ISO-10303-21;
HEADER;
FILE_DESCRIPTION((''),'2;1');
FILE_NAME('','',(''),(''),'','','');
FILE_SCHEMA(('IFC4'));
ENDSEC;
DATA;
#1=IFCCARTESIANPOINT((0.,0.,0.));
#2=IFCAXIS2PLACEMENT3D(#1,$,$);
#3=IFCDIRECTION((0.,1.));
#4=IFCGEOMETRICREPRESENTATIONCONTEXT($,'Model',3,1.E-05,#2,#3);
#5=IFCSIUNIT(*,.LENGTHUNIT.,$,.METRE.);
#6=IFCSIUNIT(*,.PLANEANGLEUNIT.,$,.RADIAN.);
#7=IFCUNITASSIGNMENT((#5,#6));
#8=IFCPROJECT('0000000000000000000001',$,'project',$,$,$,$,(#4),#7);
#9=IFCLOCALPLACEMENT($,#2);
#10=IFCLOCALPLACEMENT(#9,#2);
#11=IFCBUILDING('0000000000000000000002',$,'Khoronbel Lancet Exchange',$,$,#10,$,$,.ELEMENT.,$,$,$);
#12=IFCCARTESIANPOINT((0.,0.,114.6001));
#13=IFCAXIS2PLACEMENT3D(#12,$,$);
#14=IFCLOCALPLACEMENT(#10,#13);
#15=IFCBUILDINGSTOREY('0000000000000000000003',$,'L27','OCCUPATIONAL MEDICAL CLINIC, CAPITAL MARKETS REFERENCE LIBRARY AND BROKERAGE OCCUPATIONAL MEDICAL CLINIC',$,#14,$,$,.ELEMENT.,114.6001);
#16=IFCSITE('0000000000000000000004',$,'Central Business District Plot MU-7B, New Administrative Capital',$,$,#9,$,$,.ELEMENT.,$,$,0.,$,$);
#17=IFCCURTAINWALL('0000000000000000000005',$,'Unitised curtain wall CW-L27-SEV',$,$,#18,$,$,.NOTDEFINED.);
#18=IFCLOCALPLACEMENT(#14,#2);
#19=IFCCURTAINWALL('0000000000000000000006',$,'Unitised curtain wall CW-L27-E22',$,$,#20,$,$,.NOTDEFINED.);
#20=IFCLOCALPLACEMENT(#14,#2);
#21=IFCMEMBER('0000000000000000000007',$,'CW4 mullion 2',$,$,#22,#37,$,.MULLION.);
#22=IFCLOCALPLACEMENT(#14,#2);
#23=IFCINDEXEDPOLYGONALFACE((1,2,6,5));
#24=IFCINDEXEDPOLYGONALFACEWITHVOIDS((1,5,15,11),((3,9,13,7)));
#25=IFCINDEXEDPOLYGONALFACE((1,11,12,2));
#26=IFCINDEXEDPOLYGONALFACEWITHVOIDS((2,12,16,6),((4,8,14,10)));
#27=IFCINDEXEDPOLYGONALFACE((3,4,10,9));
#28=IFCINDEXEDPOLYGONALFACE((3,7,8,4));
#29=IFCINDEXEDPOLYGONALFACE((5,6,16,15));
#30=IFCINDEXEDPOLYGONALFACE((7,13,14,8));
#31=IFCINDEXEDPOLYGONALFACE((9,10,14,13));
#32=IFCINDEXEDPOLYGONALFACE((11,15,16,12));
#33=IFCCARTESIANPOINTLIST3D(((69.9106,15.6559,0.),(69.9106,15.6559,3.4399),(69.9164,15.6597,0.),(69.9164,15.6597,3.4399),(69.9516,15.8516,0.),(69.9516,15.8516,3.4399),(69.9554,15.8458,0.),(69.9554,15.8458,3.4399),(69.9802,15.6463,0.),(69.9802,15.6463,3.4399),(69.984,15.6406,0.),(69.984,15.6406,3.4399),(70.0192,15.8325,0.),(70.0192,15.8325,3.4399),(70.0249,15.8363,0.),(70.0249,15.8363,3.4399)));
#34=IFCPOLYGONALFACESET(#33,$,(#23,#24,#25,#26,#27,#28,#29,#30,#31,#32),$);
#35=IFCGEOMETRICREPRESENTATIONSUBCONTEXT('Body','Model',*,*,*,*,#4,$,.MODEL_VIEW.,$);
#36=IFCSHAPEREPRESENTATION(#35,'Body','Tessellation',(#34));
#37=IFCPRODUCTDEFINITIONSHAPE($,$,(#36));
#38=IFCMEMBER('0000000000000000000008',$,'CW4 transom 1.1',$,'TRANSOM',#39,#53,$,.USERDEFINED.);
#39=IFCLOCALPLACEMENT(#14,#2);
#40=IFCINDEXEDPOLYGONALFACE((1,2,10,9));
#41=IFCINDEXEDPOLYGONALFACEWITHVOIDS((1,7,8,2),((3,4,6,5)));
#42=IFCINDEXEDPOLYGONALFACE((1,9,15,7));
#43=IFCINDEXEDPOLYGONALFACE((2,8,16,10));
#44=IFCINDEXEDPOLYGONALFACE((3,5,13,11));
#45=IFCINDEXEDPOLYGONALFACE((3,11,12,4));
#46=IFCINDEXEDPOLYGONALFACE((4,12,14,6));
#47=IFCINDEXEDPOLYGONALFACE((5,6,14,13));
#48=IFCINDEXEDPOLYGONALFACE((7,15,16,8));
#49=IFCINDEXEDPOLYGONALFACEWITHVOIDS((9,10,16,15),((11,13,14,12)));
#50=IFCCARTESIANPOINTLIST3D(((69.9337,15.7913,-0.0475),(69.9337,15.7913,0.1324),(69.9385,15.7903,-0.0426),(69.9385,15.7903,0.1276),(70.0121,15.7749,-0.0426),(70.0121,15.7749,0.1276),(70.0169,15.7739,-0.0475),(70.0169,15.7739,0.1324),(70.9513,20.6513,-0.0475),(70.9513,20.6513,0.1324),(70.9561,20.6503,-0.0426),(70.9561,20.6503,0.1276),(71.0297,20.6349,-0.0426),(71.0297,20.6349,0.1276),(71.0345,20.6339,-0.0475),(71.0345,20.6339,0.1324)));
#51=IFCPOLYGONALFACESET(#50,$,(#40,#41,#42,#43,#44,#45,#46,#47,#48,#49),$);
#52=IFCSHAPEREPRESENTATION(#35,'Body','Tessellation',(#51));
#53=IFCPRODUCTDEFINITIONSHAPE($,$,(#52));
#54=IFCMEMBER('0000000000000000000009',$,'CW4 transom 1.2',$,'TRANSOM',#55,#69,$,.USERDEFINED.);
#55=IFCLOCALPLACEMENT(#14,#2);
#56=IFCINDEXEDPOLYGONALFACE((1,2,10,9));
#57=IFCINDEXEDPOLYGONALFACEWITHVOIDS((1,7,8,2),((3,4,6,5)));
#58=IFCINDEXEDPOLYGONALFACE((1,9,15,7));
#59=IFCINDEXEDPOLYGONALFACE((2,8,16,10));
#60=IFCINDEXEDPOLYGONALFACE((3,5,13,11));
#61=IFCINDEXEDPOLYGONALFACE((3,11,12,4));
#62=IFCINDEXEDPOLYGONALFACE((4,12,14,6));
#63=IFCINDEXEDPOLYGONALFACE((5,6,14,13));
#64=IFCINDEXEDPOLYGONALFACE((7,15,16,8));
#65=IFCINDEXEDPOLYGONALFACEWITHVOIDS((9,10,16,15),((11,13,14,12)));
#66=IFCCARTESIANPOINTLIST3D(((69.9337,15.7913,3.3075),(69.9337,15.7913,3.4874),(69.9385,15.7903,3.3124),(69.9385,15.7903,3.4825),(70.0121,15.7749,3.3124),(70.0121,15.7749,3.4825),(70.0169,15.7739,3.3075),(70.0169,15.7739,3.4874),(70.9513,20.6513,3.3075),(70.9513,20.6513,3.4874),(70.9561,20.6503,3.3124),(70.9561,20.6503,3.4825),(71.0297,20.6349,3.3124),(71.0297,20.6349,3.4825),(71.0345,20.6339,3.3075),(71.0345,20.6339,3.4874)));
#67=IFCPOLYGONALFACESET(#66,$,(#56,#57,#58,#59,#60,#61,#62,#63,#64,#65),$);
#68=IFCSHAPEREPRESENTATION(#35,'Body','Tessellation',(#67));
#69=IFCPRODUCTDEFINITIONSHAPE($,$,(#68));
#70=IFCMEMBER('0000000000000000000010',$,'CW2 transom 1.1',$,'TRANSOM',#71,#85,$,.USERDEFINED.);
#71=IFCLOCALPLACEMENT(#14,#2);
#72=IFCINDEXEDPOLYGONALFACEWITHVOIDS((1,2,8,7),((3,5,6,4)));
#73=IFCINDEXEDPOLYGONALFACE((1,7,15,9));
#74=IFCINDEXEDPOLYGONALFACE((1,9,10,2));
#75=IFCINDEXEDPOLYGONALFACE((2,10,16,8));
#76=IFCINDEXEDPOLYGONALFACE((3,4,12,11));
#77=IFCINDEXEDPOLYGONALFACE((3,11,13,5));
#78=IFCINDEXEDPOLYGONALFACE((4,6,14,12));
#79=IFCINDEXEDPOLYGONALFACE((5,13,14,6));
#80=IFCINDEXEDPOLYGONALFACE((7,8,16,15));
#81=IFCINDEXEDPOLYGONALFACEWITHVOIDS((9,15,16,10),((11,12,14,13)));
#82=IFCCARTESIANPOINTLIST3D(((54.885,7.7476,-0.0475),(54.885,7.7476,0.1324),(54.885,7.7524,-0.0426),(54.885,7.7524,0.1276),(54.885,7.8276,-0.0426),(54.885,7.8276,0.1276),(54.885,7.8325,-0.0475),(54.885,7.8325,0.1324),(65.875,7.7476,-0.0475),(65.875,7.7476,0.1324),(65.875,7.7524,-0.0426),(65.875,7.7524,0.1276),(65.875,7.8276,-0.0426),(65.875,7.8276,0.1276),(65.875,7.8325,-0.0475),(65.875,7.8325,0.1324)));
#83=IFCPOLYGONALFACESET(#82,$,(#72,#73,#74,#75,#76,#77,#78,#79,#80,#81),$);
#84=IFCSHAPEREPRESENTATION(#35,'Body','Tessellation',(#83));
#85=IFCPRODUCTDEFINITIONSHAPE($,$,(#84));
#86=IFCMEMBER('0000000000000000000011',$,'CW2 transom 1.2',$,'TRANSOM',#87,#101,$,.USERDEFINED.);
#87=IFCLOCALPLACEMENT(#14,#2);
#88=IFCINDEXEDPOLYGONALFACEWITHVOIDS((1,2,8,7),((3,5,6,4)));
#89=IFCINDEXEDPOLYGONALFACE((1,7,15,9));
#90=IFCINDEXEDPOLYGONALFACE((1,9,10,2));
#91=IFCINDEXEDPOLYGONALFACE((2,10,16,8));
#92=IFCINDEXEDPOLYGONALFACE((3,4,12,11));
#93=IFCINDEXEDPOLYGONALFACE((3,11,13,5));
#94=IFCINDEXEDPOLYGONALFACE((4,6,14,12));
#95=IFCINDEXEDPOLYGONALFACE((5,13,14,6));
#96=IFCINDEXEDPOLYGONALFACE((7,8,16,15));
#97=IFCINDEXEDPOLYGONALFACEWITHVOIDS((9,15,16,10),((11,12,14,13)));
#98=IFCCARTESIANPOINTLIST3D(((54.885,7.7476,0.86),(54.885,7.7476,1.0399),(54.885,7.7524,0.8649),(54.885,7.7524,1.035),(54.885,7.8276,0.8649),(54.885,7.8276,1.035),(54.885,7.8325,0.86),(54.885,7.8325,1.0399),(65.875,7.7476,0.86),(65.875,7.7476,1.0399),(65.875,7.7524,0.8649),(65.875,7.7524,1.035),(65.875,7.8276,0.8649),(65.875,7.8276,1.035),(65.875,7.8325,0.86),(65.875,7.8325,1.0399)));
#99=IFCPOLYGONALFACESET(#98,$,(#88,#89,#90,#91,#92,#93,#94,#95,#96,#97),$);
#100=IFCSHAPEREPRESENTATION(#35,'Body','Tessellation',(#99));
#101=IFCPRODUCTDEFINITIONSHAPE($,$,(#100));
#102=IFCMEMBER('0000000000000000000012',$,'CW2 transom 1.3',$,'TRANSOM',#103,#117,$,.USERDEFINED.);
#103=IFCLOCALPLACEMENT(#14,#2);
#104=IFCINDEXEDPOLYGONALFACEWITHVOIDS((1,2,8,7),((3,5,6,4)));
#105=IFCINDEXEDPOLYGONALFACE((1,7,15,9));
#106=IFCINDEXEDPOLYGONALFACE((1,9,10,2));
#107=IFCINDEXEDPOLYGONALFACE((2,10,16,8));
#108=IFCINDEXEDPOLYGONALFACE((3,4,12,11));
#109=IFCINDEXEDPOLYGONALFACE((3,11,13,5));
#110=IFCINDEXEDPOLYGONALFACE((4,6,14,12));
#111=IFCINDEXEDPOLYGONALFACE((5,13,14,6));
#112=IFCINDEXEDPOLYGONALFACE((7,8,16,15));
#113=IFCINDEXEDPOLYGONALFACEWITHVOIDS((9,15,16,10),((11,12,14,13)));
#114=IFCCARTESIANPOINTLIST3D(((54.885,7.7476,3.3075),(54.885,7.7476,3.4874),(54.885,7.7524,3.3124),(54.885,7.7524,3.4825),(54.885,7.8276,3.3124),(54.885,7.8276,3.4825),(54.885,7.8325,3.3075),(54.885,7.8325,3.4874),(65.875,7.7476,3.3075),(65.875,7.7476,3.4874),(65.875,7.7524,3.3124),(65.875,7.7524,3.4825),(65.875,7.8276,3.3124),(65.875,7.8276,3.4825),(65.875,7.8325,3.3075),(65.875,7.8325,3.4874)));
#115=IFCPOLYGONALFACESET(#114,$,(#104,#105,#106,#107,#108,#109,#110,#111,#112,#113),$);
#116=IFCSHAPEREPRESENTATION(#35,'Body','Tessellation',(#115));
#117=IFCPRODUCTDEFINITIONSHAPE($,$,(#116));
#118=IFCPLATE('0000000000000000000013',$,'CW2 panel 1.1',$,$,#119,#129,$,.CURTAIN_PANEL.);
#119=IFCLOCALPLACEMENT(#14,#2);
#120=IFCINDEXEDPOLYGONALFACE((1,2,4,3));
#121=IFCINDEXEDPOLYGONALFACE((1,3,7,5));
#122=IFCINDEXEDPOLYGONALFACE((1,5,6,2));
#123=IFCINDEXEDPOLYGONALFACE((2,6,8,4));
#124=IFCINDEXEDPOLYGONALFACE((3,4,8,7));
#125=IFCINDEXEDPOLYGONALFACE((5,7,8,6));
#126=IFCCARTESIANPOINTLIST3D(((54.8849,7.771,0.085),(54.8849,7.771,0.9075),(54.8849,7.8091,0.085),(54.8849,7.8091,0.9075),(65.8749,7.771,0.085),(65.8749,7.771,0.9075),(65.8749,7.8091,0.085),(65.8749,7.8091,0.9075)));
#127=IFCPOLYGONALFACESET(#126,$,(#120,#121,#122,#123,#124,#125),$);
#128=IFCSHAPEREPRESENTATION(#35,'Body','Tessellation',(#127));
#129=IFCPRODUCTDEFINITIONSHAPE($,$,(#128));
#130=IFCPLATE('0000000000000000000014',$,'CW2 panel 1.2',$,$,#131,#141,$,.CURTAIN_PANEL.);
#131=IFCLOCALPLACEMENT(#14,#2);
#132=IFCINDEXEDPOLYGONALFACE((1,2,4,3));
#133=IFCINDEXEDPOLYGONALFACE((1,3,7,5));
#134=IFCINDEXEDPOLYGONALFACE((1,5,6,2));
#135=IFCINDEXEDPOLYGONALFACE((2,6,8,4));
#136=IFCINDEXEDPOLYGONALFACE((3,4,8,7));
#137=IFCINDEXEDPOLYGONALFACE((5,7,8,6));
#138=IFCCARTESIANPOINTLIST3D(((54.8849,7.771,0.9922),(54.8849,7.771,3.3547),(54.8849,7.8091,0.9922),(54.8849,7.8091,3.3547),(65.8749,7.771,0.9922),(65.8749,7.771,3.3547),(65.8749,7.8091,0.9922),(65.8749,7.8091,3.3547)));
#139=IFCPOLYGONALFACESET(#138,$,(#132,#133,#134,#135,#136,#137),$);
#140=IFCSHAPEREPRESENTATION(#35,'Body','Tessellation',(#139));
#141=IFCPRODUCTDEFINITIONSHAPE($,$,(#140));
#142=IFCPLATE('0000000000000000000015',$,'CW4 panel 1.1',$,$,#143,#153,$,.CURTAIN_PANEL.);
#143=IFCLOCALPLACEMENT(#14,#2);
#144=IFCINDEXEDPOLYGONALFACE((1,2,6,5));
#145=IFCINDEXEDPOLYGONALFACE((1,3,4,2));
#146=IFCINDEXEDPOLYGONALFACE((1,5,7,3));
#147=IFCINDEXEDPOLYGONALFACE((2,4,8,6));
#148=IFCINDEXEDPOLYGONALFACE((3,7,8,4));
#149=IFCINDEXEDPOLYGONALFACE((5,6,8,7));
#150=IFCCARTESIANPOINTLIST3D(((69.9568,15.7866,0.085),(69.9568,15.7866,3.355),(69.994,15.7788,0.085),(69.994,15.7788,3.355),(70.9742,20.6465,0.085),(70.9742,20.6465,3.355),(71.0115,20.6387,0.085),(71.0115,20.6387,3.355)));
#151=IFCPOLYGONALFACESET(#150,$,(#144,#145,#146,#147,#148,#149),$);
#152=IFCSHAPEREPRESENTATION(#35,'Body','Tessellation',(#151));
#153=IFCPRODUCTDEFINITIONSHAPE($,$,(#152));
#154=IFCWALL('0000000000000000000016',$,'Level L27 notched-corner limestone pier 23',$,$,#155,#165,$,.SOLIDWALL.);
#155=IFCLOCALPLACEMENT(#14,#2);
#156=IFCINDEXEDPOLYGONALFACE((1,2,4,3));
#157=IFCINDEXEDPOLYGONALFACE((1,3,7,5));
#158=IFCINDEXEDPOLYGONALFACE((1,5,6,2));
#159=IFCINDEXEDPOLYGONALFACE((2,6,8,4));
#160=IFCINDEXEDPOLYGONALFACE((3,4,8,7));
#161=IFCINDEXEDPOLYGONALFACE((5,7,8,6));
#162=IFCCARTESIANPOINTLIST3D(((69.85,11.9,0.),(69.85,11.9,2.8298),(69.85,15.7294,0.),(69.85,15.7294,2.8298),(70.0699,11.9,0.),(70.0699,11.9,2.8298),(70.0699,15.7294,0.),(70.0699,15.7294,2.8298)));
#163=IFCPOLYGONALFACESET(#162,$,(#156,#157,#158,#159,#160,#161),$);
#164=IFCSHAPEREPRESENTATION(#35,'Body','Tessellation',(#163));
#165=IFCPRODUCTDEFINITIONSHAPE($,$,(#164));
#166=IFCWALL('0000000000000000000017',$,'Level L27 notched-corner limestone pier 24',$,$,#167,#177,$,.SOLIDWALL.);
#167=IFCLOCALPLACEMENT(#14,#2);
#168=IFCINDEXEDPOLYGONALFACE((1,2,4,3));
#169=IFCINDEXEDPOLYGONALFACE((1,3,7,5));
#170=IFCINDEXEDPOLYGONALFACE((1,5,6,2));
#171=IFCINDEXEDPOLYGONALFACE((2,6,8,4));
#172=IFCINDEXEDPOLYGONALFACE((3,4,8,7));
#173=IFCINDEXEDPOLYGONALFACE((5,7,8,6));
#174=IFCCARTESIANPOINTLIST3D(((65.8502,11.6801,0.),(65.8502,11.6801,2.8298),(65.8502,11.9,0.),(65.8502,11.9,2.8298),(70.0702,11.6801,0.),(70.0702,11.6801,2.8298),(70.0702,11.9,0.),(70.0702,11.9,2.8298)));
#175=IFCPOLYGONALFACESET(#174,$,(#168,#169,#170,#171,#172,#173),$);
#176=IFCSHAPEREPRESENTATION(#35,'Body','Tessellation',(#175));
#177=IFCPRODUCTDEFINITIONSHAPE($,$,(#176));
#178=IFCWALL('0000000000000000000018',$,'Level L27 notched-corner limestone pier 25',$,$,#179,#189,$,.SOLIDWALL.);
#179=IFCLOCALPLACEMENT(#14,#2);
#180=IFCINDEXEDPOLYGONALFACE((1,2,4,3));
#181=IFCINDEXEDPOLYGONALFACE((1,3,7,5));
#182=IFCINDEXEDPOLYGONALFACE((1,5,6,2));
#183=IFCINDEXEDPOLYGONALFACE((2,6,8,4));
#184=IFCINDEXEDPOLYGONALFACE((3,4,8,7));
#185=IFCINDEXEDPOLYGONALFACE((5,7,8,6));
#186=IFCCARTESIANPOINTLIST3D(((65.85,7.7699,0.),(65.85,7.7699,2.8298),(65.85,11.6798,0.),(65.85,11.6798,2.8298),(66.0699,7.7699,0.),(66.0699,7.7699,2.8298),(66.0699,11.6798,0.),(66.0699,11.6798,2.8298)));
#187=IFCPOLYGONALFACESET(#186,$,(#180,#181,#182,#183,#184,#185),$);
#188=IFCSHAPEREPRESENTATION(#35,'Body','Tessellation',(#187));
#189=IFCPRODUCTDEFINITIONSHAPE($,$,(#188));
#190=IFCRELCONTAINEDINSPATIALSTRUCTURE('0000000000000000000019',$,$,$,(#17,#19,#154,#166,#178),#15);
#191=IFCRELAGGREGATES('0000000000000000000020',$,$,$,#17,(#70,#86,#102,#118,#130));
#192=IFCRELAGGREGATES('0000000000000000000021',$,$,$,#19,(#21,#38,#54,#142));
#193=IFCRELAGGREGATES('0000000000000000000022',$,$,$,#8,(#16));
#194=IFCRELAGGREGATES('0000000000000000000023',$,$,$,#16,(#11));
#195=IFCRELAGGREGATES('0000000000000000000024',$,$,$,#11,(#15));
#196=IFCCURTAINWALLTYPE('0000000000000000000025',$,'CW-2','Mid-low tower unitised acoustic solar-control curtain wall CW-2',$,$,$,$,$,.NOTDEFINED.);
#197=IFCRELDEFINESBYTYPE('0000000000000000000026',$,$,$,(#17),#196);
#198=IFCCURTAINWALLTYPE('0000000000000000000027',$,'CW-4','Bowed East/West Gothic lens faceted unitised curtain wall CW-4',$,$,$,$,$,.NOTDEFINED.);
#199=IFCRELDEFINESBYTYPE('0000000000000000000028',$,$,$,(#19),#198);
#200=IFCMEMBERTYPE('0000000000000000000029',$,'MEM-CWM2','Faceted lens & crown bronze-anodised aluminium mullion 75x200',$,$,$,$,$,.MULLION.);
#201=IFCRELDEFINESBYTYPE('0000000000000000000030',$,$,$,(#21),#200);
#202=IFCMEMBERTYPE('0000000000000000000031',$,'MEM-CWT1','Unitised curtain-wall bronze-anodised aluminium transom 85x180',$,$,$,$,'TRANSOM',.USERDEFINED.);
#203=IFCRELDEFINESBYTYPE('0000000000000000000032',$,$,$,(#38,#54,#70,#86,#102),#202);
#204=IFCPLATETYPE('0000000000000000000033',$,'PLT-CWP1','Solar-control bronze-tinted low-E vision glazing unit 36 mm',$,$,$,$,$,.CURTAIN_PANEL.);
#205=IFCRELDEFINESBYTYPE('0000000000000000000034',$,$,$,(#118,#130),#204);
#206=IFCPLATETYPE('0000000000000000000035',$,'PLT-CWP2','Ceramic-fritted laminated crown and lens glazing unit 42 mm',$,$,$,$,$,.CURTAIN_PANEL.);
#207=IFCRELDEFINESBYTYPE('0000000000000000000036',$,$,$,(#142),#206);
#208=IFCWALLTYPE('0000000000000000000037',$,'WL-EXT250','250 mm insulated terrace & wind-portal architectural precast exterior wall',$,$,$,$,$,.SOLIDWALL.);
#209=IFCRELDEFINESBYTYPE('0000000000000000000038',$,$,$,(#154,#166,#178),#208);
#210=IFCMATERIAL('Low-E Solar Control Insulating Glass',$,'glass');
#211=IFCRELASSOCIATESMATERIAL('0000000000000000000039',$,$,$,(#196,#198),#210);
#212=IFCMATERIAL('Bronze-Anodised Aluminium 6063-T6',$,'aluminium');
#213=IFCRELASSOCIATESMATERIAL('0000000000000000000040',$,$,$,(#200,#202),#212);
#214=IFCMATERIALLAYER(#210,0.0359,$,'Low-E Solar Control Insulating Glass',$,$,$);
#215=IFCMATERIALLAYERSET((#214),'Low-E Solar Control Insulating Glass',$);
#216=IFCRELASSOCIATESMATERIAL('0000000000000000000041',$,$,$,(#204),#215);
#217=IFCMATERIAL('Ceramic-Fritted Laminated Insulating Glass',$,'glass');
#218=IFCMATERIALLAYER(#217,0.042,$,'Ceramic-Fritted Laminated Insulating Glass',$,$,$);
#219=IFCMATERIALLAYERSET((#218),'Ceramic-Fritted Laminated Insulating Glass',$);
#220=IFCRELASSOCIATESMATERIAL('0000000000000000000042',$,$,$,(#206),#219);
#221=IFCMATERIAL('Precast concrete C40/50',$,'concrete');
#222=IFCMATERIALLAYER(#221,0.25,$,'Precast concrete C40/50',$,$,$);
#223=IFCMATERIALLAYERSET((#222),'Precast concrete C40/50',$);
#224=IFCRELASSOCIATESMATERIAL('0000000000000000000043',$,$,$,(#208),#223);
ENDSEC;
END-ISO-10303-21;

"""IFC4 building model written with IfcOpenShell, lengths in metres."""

from ifc_helpers import new_model, si_unit, direction, frame, frame_2d, origin, origin_2d, place, context, subcontext, project, spatial, rectangle, hollow_rectangle, extrude, material, layer, layer_set, material_profile, profile_set, type_object, element, aggregate, save


model = new_model("IFC4")

# Units and contexts
model_context = context("Model", 3, precision=1e-05, world=origin(), true_north=direction((0.0, 1.0)))
body_context = subcontext(model_context, "Body", "Model", "MODEL_VIEW")
ifc_project = project(units=[si_unit("LENGTHUNIT", "METRE"), si_unit("PLANEANGLEUNIT", "RADIAN")], contexts=[model_context])

# Site, building, storey
site_placement = place(None, origin())
site = spatial("IfcSite", under=ifc_project, at=site_placement, Name="Central Business District Plot MU-7B, New Administrative Capital", CompositionType="ELEMENT", RefElevation=0.0)
building_placement = place(site_placement, origin())
building = spatial("IfcBuilding", under=site, at=building_placement, Name="Khoronbel Lancet Exchange", CompositionType="ELEMENT")
storey_placement = place(building_placement, frame((0.0, 0.0, 114.6001)))
storey = spatial("IfcBuildingStorey", under=building, at=storey_placement, Name="L27", Description="OCCUPATIONAL MEDICAL CLINIC, CAPITAL MARKETS REFERENCE LIBRARY AND BROKERAGE OCCUPATIONAL MEDICAL CLINIC", CompositionType="ELEMENT", Elevation=114.6001)

# Shared definitions
ifc_material_1 = material(Name="Low-E Solar Control Insulating Glass", Category="glass")
curtain_wall_type_1 = type_object("IfcCurtainWallType", Name="CW-2", Description="Mid-low tower unitised acoustic solar-control curtain wall CW-2", PredefinedType="NOTDEFINED", material=ifc_material_1)
ifc_material_2 = material(Name="Bronze-Anodised Aluminium 6063-T6", Category="aluminium")

# Curtain wall
curtain_wall_1_placement = place(storey_placement, origin())
curtain_wall_1 = element("IfcCurtainWall", 1, at=curtain_wall_1_placement, inside=storey, type_object=curtain_wall_type_1, Name="Unitised curtain wall CW-L27-SEV", PredefinedType="NOTDEFINED")

# Shared definitions
curtain_wall_type_2 = type_object("IfcCurtainWallType", Name="CW-4", Description="Bowed East/West Gothic lens faceted unitised curtain wall CW-4", PredefinedType="NOTDEFINED", material=ifc_material_1)
ifc_material_profile_1 = material_profile(ifc_material_2, hollow_rectangle(XDim=0.075, YDim=0.2, WallThickness=0.0049, at=origin_2d()), Name="ALU MULLION 75x200")
ifc_profile_set_1 = profile_set([ifc_material_profile_1], Name="Bronze-Anodised Aluminium 6063-T6")
member_type_1 = type_object("IfcMemberType", Name="MEM-CWM2", Description="Faceted lens & crown bronze-anodised aluminium mullion 75x200", PredefinedType="MULLION", material=ifc_profile_set_1)

# Curtain wall, members
curtain_wall_2_placement = place(storey_placement, origin())
curtain_wall_2 = element("IfcCurtainWall", 2, at=curtain_wall_2_placement, inside=storey, type_object=curtain_wall_type_2, Name="Unitised curtain wall CW-L27-E22", PredefinedType="NOTDEFINED")
member_1_placement = place(storey_placement, frame((69.9678, 15.7461, 0.0), z_axis=(0.0, 0.0, 1.0), x_axis=(0.97878, -0.204913, 0.0)))
member_1 = element("IfcMember", 3, at=member_1_placement, type_object=member_type_1, Name="CW4 mullion 2", PredefinedType="MULLION", context=body_context, shape_type="SweptSolid", body=[
    extrude(hollow_rectangle(XDim=0.075, YDim=0.2, WallThickness=0.0049, at=origin_2d()), origin(), (0.0, 0.0, 1.0), 3.4399),
])
ifc_material_profile_2 = material_profile(ifc_material_2, hollow_rectangle(XDim=0.085, YDim=0.1799, WallThickness=0.0049, at=origin_2d()), Name="ALU TRANSOM 85x180")
ifc_profile_set_2 = profile_set([ifc_material_profile_2], Name="Bronze-Anodised Aluminium 6063-T6")
member_type_2 = type_object("IfcMemberType", Name="MEM-CWT1", Description="Unitised curtain-wall bronze-anodised aluminium transom 85x180", ElementType="TRANSOM", PredefinedType="USERDEFINED", material=ifc_profile_set_2)
member_2_placement = place(storey_placement, frame((70.9929, 20.6426, 0.0425), z_axis=(-0.20494, -0.978775, 0.0), x_axis=(0.978775, -0.20494, 0.0)))
member_2 = element("IfcMember", 4, at=member_2_placement, type_object=member_type_2, Name="CW4 transom 1.1", ObjectType="TRANSOM", PredefinedType="USERDEFINED", context=body_context, shape_type="SweptSolid", body=[
    extrude(hollow_rectangle(XDim=0.085, YDim=0.1799, WallThickness=0.0049, at=origin_2d()), origin(), (0.0, 0.0, 1.0), 4.9653),
])
member_3_placement = place(storey_placement, frame((70.9929, 20.6426, 3.3975), z_axis=(-0.20494, -0.978775, 0.0), x_axis=(0.978775, -0.20494, 0.0)))
member_3 = element("IfcMember", 5, at=member_3_placement, type_object=member_type_2, Name="CW4 transom 1.2", ObjectType="TRANSOM", PredefinedType="USERDEFINED", context=body_context, shape_type="SweptSolid", body=[
    extrude(hollow_rectangle(XDim=0.085, YDim=0.1799, WallThickness=0.0049, at=origin_2d()), origin(), (0.0, 0.0, 1.0), 4.9653),
])

# Members
member_4_placement = place(storey_placement, frame((54.885, 7.79, 0.0425), z_axis=(1.0, 0.0, 0.0), x_axis=(0.0, 1.0, 0.0)))
member_4 = element("IfcMember", 6, at=member_4_placement, type_object=member_type_2, Name="CW2 transom 1.1", ObjectType="TRANSOM", PredefinedType="USERDEFINED", context=body_context, shape_type="SweptSolid", body=[
    extrude(hollow_rectangle(XDim=0.085, YDim=0.1799, WallThickness=0.0049, at=origin_2d()), origin(), (0.0, 0.0, 1.0), 10.99),
])
member_5_placement = place(storey_placement, frame((54.885, 7.79, 0.95), z_axis=(1.0, 0.0, 0.0), x_axis=(0.0, 1.0, 0.0)))
member_5 = element("IfcMember", 7, at=member_5_placement, type_object=member_type_2, Name="CW2 transom 1.2", ObjectType="TRANSOM", PredefinedType="USERDEFINED", context=body_context, shape_type="SweptSolid", body=[
    extrude(hollow_rectangle(XDim=0.085, YDim=0.1799, WallThickness=0.0049, at=origin_2d()), origin(), (0.0, 0.0, 1.0), 10.99),
])
member_6_placement = place(storey_placement, frame((54.885, 7.79, 3.3975), z_axis=(1.0, 0.0, 0.0), x_axis=(0.0, 1.0, 0.0)))
member_6 = element("IfcMember", 8, at=member_6_placement, type_object=member_type_2, Name="CW2 transom 1.3", ObjectType="TRANSOM", PredefinedType="USERDEFINED", context=body_context, shape_type="SweptSolid", body=[
    extrude(hollow_rectangle(XDim=0.085, YDim=0.1799, WallThickness=0.0049, at=origin_2d()), origin(), (0.0, 0.0, 1.0), 10.99),
])

# Plates
ifc_layer_1 = layer(ifc_material_1, 0.0359, Name="Low-E Solar Control Insulating Glass")
ifc_layer_set_1 = layer_set([ifc_layer_1], Name="Low-E Solar Control Insulating Glass")
plate_type_1 = type_object("IfcPlateType", Name="PLT-CWP1", Description="Solar-control bronze-tinted low-E vision glazing unit 36 mm", PredefinedType="CURTAIN_PANEL", material=ifc_layer_set_1)
plate_1_placement = place(storey_placement, frame((60.3799, 7.79, 0.085), z_axis=(0.0, 0.0, 1.0), x_axis=(1.0, 0.0, 0.0)))
plate_1 = element("IfcPlate", 9, at=plate_1_placement, type_object=plate_type_1, Name="CW2 panel 1.1", PredefinedType="CURTAIN_PANEL", context=body_context, shape_type="SweptSolid", body=[
    extrude(rectangle(XDim=10.99, YDim=0.0381, at=origin_2d()), origin(), (0.0, 0.0, 1.0), 0.8225),
])
plate_2_placement = place(storey_placement, frame((60.3799, 7.79, 0.9922), z_axis=(0.0, 0.0, 1.0), x_axis=(1.0, 0.0, 0.0)))
plate_2 = element("IfcPlate", 10, at=plate_2_placement, type_object=plate_type_1, Name="CW2 panel 1.2", PredefinedType="CURTAIN_PANEL", context=body_context, shape_type="SweptSolid", body=[
    extrude(rectangle(XDim=10.99, YDim=0.0381, at=origin_2d()), origin(), (0.0, 0.0, 1.0), 2.3625),
])
aggregate(curtain_wall_1, [member_4, member_5, member_6, plate_1, plate_2])
ifc_material_3 = material(Name="Ceramic-Fritted Laminated Insulating Glass", Category="glass")
ifc_layer_2 = layer(ifc_material_3, 0.042, Name="Ceramic-Fritted Laminated Insulating Glass")
ifc_layer_set_2 = layer_set([ifc_layer_2], Name="Ceramic-Fritted Laminated Insulating Glass")
plate_type_2 = type_object("IfcPlateType", Name="PLT-CWP2", Description="Ceramic-fritted laminated crown and lens glazing unit 42 mm", PredefinedType="CURTAIN_PANEL", material=ifc_layer_set_2)
plate_3_placement = place(storey_placement, frame((70.4841, 18.2126, 0.085), z_axis=(0.0, 0.0, 1.0), x_axis=(-0.204913, -0.97878, 0.0)))
plate_3 = element("IfcPlate", 11, at=plate_3_placement, type_object=plate_type_2, Name="CW4 panel 1.1", PredefinedType="CURTAIN_PANEL", context=body_context, shape_type="SweptSolid", body=[
    extrude(rectangle(XDim=4.9653, YDim=0.0381, at=origin_2d()), origin(), (0.0, 0.0, 1.0), 3.27),
])
aggregate(curtain_wall_2, [member_1, member_2, member_3, plate_3])

# Walls
ifc_material_4 = material(Name="Precast concrete C40/50", Category="concrete")
ifc_layer_3 = layer(ifc_material_4, 0.25, Name="Precast concrete C40/50")
ifc_layer_set_3 = layer_set([ifc_layer_3], Name="Precast concrete C40/50")
wall_type_1 = type_object("IfcWallType", Name="WL-EXT250", Description="250 mm insulated terrace & wind-portal architectural precast exterior wall", PredefinedType="SOLIDWALL", material=ifc_layer_set_3)
wall_1_placement = place(storey_placement, frame((69.96, 15.7292, 0.0), z_axis=(0.0, 0.0, 1.0), x_axis=(0.0, -1.0, 0.0)))
element("IfcWall", 12, at=wall_1_placement, inside=storey, type_object=wall_type_1, Name="Level L27 notched-corner limestone pier 23", PredefinedType="SOLIDWALL", context=body_context, shape_type="SweptSolid", body=[
    extrude(rectangle(XDim=3.8293, YDim=0.22, at=frame_2d((1.9146, 0.0))), origin(), (0.0, 0.0, 1.0), 2.8298),
])
wall_2_placement = place(storey_placement, frame((70.0701, 11.79, 0.0), z_axis=(0.0, 0.0, 1.0), x_axis=(-1.0, 0.0, 0.0)))
element("IfcWall", 13, at=wall_2_placement, inside=storey, type_object=wall_type_1, Name="Level L27 notched-corner limestone pier 24", PredefinedType="SOLIDWALL", context=body_context, shape_type="SweptSolid", body=[
    extrude(rectangle(XDim=4.22, YDim=0.22, at=frame_2d((2.1099, 0.0))), origin(), (0.0, 0.0, 1.0), 2.8298),
])
wall_3_placement = place(storey_placement, frame((65.96, 11.6799, 0.0), z_axis=(0.0, 0.0, 1.0), x_axis=(0.0, -1.0, 0.0)))
element("IfcWall", 14, at=wall_3_placement, inside=storey, type_object=wall_type_1, Name="Level L27 notched-corner limestone pier 25", PredefinedType="SOLIDWALL", context=body_context, shape_type="SweptSolid", body=[
    extrude(rectangle(XDim=3.9099, YDim=0.22, at=frame_2d((1.9551, 0.0))), origin(), (0.0, 0.0, 1.0), 2.8298),
])

save(model, "model.ifc")
